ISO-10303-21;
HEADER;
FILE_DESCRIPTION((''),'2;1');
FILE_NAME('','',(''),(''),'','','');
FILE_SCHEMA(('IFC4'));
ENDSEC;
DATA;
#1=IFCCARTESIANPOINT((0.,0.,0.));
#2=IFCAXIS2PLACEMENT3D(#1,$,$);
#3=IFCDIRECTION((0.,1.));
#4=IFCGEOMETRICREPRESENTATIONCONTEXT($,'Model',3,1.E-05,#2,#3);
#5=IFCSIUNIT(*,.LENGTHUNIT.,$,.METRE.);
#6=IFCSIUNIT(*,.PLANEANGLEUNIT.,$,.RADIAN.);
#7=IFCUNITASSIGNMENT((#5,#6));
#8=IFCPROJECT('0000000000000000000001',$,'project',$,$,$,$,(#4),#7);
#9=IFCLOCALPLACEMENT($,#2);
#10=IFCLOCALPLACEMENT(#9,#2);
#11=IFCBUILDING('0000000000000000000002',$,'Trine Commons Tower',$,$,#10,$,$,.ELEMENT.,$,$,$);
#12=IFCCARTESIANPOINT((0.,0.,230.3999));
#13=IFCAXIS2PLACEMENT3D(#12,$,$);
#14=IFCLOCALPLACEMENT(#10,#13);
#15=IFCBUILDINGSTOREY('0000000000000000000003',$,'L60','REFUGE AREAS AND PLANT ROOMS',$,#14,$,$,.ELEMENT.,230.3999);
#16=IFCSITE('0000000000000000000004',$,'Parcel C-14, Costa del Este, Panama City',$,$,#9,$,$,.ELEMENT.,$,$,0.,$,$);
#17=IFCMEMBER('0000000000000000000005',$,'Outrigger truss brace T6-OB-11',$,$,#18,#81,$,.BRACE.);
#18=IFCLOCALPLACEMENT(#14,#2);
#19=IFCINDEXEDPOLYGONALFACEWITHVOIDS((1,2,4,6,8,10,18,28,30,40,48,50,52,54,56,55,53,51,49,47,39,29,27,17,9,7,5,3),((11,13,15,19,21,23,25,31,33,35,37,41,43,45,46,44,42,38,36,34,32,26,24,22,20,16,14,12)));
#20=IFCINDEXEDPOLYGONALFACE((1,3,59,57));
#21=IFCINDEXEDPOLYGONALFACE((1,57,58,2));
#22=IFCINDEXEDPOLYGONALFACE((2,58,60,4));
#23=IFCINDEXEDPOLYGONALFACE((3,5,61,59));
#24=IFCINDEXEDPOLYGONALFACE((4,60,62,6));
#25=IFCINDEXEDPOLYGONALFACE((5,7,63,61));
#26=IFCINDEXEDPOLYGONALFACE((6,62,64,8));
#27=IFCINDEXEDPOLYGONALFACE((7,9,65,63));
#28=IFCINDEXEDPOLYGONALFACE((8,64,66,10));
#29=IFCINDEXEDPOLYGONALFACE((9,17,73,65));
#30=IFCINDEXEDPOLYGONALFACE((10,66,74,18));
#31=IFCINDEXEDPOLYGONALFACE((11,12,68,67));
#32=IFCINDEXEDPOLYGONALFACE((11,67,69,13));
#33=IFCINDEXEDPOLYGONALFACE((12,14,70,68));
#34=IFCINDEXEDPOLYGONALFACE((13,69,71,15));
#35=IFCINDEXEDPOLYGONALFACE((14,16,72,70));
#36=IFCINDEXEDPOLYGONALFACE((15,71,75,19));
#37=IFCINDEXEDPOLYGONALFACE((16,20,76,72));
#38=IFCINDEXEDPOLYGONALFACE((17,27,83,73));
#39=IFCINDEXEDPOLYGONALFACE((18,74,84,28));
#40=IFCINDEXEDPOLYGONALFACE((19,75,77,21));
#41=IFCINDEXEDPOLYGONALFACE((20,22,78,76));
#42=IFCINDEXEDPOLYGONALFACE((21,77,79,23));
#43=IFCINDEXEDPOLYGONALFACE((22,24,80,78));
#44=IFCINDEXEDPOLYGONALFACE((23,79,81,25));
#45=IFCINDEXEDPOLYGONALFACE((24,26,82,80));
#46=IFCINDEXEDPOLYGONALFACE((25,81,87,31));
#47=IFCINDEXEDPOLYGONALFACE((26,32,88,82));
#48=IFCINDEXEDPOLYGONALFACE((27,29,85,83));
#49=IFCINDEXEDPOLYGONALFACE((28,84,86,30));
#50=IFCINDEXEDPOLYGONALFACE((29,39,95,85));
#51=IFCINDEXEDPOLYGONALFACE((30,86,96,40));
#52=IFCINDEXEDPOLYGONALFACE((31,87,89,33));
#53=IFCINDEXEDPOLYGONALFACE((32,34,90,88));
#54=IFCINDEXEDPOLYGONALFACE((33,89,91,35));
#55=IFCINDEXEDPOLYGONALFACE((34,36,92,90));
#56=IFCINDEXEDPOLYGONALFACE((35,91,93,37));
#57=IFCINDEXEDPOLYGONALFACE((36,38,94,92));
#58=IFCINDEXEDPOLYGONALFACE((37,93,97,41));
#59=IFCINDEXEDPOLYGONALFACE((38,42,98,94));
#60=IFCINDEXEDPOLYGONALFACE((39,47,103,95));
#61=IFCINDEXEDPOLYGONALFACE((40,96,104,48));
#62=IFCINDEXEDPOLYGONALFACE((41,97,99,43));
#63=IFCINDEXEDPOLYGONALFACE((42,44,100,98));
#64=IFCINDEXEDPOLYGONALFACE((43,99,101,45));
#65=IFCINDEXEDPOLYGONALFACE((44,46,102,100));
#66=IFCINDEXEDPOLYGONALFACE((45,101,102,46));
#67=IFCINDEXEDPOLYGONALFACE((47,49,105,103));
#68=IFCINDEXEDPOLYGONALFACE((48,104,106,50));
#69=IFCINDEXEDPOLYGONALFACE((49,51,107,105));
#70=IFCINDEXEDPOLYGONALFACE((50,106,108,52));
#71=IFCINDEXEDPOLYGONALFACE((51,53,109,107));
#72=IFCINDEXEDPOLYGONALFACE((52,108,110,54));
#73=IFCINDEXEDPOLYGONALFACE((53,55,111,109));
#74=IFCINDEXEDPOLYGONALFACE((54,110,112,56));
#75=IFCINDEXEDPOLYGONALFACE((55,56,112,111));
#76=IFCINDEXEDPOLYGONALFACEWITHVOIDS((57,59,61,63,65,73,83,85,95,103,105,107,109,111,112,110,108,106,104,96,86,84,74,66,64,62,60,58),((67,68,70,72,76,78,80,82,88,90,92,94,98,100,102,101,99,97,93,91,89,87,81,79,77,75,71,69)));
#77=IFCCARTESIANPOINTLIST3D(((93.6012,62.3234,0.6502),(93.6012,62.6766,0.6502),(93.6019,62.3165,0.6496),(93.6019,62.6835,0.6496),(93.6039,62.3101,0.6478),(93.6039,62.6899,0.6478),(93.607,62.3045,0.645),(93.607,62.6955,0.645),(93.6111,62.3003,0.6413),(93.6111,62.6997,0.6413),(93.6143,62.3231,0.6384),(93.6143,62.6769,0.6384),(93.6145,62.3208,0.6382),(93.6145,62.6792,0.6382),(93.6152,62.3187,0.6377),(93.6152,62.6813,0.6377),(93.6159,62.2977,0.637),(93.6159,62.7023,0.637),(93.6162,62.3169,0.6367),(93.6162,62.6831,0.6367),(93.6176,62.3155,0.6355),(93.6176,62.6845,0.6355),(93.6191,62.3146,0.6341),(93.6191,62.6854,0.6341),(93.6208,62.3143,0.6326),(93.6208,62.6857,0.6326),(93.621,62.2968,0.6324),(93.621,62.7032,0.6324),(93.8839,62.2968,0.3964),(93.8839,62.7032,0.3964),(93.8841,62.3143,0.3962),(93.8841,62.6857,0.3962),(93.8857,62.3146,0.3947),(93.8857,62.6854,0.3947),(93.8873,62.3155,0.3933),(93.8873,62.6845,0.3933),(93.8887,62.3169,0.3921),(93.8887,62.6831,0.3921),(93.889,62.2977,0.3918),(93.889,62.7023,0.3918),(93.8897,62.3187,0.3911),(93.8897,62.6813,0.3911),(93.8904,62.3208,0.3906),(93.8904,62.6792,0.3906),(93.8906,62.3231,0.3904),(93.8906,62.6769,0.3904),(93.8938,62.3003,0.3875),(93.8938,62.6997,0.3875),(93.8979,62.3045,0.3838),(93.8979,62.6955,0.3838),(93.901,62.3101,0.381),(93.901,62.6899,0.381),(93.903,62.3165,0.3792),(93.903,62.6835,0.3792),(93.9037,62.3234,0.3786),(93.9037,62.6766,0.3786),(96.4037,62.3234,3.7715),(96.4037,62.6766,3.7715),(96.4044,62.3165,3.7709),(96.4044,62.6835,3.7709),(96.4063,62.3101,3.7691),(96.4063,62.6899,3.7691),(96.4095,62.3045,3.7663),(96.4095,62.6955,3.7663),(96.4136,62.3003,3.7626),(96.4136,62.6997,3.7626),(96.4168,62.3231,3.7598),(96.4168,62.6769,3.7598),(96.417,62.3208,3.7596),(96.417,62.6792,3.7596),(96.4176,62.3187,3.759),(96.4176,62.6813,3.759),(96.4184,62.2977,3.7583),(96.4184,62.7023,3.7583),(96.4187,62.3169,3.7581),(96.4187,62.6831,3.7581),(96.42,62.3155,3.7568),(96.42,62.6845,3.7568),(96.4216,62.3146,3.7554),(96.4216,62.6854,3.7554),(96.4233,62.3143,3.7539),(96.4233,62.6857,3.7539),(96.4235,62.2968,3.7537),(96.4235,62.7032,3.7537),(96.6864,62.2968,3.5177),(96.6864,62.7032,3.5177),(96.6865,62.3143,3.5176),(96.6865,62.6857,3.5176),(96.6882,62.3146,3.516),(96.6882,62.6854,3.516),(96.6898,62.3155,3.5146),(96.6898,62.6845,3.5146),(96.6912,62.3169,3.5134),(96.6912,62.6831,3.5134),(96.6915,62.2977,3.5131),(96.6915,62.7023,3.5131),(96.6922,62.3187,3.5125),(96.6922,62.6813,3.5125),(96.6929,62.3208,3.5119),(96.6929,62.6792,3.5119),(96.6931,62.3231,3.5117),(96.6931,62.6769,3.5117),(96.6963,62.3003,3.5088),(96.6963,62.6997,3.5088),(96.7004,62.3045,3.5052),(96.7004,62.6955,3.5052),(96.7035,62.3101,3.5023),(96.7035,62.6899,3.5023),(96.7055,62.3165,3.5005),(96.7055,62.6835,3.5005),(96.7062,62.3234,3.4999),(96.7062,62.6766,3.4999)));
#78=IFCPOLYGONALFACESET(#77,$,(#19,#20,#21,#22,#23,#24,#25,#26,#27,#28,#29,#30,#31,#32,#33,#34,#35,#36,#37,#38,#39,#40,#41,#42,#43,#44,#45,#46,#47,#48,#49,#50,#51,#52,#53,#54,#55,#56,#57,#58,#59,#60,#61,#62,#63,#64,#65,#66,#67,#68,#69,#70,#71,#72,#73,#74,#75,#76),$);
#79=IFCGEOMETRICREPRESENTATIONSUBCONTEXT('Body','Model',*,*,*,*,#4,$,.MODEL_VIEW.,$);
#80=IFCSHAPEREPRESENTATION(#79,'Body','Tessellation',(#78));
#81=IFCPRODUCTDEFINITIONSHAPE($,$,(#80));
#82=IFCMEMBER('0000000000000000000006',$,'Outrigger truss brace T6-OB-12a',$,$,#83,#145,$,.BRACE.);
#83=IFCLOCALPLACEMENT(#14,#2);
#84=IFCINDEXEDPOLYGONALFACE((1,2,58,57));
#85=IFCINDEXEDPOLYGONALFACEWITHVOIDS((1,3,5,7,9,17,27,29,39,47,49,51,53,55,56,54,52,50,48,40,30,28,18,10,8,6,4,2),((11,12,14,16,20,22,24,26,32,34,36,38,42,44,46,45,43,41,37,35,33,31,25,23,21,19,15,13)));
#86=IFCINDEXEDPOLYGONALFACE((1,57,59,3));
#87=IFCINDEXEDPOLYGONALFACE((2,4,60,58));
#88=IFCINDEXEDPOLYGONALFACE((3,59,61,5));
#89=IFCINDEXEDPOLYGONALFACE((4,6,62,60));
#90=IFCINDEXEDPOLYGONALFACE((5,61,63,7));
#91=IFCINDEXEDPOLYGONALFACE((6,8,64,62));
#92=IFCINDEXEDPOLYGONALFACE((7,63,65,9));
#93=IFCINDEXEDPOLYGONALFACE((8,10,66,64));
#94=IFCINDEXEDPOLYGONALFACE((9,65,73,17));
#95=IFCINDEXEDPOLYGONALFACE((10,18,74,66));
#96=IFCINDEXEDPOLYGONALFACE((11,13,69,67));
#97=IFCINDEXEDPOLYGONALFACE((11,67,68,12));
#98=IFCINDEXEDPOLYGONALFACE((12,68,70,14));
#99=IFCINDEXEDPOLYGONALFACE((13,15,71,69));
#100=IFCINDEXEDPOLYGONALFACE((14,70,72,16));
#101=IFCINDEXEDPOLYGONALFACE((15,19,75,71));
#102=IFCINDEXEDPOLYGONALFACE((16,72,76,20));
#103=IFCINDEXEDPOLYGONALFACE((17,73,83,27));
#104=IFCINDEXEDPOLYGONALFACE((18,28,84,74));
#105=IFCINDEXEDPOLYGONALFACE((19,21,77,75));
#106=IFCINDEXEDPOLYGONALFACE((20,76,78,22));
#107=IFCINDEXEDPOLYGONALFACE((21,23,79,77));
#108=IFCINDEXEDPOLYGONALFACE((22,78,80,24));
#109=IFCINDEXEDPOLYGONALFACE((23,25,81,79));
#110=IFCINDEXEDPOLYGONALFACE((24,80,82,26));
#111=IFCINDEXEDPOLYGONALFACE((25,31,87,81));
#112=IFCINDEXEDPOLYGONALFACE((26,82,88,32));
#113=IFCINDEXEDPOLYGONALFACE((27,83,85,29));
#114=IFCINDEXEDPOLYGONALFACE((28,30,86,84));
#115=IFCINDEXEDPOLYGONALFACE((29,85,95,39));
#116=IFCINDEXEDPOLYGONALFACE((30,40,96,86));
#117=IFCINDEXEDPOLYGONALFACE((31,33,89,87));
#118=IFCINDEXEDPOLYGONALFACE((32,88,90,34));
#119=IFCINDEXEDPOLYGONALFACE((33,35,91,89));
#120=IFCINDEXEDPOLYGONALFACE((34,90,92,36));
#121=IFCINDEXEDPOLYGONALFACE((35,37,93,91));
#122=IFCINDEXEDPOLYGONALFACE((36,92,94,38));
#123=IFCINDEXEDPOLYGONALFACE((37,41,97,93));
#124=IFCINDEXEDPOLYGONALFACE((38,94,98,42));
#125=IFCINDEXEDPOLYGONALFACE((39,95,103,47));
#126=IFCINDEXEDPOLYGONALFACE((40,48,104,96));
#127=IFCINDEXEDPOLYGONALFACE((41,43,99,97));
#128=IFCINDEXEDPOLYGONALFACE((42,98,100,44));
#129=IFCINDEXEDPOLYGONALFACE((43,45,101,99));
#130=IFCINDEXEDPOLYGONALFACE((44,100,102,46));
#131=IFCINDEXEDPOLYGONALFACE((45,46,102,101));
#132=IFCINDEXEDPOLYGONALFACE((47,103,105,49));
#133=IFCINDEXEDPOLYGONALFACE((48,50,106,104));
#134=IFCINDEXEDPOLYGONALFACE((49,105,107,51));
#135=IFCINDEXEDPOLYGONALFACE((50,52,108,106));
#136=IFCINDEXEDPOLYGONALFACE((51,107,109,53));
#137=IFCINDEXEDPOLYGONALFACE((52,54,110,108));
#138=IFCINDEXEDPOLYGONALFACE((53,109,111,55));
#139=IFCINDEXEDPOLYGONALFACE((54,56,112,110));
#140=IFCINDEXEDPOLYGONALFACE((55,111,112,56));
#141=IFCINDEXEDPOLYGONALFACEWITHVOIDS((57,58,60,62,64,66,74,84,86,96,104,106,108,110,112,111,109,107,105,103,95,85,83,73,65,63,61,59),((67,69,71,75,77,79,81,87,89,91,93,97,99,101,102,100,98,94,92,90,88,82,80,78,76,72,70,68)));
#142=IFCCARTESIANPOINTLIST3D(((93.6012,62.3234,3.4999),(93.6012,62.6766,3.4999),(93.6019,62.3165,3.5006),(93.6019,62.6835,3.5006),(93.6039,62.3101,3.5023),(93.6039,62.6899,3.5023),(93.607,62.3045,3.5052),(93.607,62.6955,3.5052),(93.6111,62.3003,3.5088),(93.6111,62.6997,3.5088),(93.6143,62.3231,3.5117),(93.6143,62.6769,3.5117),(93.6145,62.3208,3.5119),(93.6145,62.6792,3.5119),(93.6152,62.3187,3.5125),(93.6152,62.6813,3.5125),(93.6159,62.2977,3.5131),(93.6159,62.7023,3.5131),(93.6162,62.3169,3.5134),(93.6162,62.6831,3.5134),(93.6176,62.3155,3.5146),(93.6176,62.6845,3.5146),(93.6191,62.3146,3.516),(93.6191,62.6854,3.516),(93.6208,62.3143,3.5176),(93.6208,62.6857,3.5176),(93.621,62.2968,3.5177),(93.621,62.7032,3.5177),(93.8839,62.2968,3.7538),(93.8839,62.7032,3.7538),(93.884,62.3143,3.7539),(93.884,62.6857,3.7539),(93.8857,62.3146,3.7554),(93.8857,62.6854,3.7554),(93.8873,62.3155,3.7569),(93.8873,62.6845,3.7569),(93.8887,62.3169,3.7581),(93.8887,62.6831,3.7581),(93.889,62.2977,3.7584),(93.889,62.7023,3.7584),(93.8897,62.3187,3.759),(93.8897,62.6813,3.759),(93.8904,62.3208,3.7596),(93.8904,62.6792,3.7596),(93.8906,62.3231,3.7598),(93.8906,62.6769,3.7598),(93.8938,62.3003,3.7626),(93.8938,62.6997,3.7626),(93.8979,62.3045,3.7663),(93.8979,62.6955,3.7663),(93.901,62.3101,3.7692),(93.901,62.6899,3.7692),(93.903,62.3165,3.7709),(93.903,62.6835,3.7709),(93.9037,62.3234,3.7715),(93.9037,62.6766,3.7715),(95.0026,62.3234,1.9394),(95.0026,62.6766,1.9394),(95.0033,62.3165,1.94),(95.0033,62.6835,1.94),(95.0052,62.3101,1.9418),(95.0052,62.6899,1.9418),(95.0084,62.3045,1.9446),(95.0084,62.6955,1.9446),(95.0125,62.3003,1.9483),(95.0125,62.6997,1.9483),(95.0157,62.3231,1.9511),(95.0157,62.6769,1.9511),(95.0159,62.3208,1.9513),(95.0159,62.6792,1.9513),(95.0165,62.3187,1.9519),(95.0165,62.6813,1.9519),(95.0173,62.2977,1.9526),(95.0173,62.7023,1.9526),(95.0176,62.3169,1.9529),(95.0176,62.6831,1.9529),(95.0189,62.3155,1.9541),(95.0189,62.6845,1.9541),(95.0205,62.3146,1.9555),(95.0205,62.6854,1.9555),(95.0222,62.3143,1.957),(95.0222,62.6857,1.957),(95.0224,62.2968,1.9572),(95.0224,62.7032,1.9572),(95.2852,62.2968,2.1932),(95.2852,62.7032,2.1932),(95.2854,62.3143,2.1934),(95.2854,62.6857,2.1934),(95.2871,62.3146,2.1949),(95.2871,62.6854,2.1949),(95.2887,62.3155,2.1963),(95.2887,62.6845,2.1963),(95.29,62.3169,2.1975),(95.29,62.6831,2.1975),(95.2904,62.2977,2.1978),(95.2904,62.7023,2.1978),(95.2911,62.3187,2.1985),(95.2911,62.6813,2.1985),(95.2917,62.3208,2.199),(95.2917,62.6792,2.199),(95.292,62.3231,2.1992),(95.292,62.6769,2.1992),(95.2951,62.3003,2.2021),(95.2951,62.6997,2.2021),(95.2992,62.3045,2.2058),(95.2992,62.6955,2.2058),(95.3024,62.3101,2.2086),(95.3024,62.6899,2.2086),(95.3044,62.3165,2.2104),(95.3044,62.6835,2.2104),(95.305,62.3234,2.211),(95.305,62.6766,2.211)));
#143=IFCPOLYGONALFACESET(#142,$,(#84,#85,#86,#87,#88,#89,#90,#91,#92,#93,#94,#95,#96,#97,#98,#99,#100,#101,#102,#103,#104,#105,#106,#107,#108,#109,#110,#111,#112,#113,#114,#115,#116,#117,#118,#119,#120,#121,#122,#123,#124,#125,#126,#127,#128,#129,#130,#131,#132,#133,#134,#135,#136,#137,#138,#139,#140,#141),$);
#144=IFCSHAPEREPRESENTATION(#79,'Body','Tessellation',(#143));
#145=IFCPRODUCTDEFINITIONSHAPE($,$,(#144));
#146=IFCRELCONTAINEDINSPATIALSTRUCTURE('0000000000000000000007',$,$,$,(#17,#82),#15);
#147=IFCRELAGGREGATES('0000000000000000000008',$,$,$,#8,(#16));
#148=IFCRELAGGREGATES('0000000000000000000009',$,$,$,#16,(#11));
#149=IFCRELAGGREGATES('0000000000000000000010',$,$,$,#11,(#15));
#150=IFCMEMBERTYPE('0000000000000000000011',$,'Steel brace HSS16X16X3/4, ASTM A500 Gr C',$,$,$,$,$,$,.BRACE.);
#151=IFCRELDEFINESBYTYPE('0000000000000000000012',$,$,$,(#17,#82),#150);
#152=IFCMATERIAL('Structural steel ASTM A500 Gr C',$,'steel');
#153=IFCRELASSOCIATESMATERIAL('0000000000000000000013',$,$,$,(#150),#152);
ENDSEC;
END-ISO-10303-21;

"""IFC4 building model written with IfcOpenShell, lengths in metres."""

from ifc_helpers import new_model, si_unit, direction, frame, origin, origin_2d, place, context, subcontext, project, spatial, hollow_rectangle, extrude, material, material_profile, profile_set, type_object, element, save


model = new_model("IFC4")

# Units and contexts
model_context = context("Model", 3, precision=1e-05, world=origin(), true_north=direction((0.0, 1.0)))
body_context = subcontext(model_context, "Body", "Model", "MODEL_VIEW")
ifc_project = project(units=[si_unit("LENGTHUNIT", "METRE"), si_unit("PLANEANGLEUNIT", "RADIAN")], contexts=[model_context])

# Site, building, storey
site_placement = place(None, origin())
site = spatial("IfcSite", under=ifc_project, at=site_placement, Name="Parcel C-14, Costa del Este, Panama City", CompositionType="ELEMENT", RefElevation=0.0)
building_placement = place(site_placement, origin())
building = spatial("IfcBuilding", under=site, at=building_placement, Name="Trine Commons Tower", CompositionType="ELEMENT")
storey_placement = place(building_placement, frame((0.0, 0.0, 230.3999)))
storey = spatial("IfcBuildingStorey", under=building, at=storey_placement, Name="L60", Description="REFUGE AREAS AND PLANT ROOMS", CompositionType="ELEMENT", Elevation=230.3999)

# Members
ifc_material_1 = material(Name="Structural steel ASTM A500 Gr C", Category="steel")
ifc_material_profile_1 = material_profile(ifc_material_1, hollow_rectangle(XDim=0.4065, YDim=0.4065, WallThickness=0.0176, InnerFilletRadius=0.0088, OuterFilletRadius=0.0266, at=origin_2d()), Name="HSS16X16X3/4")
ifc_profile_set_1 = profile_set([ifc_material_profile_1], Name="Structural steel ASTM A500 Gr C")
member_type_1 = type_object("IfcMemberType", Name="Steel brace HSS16X16X3/4, ASTM A500 Gr C", PredefinedType="BRACE", material=ifc_profile_set_1)
member_1_placement = place(storey_placement, frame((93.7524, 62.5, 0.5144), z_axis=(0.66808, 0.0, 0.744089), x_axis=(0.0, 1.0, 0.0)))
element("IfcMember", 1, at=member_1_placement, inside=storey, type_object=member_type_1, Name="Outrigger truss brace T6-OB-11", PredefinedType="BRACE", context=body_context, shape_type="SweptSolid", body=[
    extrude(hollow_rectangle(XDim=0.4065, YDim=0.4065, WallThickness=0.0176, InnerFilletRadius=0.0088, OuterFilletRadius=0.0266, at=origin_2d()), origin(), (0.0, 0.0, 1.0), 4.1948),
])
for number, where, z_axis, x_axis, name in (
    (2, (93.7524, 62.5, 3.6357), (0.668141, 0.0, -0.744035), (0.0, 1.0, 0.0), "Outrigger truss brace T6-OB-12a"),
):
    element("IfcMember", number, at=place(storey_placement, frame(where, z_axis=z_axis, x_axis=x_axis)), inside=storey, type_object=member_type_1, Name=name, PredefinedType="BRACE", context=body_context, shape_type="SweptSolid", body=[
        extrude(hollow_rectangle(XDim=0.4065, YDim=0.4065, WallThickness=0.0176, InnerFilletRadius=0.0088, OuterFilletRadius=0.0266, at=origin_2d()), origin(), (0.0, 0.0, 1.0), 2.0974),
    ])

save(model, "model.ifc")
